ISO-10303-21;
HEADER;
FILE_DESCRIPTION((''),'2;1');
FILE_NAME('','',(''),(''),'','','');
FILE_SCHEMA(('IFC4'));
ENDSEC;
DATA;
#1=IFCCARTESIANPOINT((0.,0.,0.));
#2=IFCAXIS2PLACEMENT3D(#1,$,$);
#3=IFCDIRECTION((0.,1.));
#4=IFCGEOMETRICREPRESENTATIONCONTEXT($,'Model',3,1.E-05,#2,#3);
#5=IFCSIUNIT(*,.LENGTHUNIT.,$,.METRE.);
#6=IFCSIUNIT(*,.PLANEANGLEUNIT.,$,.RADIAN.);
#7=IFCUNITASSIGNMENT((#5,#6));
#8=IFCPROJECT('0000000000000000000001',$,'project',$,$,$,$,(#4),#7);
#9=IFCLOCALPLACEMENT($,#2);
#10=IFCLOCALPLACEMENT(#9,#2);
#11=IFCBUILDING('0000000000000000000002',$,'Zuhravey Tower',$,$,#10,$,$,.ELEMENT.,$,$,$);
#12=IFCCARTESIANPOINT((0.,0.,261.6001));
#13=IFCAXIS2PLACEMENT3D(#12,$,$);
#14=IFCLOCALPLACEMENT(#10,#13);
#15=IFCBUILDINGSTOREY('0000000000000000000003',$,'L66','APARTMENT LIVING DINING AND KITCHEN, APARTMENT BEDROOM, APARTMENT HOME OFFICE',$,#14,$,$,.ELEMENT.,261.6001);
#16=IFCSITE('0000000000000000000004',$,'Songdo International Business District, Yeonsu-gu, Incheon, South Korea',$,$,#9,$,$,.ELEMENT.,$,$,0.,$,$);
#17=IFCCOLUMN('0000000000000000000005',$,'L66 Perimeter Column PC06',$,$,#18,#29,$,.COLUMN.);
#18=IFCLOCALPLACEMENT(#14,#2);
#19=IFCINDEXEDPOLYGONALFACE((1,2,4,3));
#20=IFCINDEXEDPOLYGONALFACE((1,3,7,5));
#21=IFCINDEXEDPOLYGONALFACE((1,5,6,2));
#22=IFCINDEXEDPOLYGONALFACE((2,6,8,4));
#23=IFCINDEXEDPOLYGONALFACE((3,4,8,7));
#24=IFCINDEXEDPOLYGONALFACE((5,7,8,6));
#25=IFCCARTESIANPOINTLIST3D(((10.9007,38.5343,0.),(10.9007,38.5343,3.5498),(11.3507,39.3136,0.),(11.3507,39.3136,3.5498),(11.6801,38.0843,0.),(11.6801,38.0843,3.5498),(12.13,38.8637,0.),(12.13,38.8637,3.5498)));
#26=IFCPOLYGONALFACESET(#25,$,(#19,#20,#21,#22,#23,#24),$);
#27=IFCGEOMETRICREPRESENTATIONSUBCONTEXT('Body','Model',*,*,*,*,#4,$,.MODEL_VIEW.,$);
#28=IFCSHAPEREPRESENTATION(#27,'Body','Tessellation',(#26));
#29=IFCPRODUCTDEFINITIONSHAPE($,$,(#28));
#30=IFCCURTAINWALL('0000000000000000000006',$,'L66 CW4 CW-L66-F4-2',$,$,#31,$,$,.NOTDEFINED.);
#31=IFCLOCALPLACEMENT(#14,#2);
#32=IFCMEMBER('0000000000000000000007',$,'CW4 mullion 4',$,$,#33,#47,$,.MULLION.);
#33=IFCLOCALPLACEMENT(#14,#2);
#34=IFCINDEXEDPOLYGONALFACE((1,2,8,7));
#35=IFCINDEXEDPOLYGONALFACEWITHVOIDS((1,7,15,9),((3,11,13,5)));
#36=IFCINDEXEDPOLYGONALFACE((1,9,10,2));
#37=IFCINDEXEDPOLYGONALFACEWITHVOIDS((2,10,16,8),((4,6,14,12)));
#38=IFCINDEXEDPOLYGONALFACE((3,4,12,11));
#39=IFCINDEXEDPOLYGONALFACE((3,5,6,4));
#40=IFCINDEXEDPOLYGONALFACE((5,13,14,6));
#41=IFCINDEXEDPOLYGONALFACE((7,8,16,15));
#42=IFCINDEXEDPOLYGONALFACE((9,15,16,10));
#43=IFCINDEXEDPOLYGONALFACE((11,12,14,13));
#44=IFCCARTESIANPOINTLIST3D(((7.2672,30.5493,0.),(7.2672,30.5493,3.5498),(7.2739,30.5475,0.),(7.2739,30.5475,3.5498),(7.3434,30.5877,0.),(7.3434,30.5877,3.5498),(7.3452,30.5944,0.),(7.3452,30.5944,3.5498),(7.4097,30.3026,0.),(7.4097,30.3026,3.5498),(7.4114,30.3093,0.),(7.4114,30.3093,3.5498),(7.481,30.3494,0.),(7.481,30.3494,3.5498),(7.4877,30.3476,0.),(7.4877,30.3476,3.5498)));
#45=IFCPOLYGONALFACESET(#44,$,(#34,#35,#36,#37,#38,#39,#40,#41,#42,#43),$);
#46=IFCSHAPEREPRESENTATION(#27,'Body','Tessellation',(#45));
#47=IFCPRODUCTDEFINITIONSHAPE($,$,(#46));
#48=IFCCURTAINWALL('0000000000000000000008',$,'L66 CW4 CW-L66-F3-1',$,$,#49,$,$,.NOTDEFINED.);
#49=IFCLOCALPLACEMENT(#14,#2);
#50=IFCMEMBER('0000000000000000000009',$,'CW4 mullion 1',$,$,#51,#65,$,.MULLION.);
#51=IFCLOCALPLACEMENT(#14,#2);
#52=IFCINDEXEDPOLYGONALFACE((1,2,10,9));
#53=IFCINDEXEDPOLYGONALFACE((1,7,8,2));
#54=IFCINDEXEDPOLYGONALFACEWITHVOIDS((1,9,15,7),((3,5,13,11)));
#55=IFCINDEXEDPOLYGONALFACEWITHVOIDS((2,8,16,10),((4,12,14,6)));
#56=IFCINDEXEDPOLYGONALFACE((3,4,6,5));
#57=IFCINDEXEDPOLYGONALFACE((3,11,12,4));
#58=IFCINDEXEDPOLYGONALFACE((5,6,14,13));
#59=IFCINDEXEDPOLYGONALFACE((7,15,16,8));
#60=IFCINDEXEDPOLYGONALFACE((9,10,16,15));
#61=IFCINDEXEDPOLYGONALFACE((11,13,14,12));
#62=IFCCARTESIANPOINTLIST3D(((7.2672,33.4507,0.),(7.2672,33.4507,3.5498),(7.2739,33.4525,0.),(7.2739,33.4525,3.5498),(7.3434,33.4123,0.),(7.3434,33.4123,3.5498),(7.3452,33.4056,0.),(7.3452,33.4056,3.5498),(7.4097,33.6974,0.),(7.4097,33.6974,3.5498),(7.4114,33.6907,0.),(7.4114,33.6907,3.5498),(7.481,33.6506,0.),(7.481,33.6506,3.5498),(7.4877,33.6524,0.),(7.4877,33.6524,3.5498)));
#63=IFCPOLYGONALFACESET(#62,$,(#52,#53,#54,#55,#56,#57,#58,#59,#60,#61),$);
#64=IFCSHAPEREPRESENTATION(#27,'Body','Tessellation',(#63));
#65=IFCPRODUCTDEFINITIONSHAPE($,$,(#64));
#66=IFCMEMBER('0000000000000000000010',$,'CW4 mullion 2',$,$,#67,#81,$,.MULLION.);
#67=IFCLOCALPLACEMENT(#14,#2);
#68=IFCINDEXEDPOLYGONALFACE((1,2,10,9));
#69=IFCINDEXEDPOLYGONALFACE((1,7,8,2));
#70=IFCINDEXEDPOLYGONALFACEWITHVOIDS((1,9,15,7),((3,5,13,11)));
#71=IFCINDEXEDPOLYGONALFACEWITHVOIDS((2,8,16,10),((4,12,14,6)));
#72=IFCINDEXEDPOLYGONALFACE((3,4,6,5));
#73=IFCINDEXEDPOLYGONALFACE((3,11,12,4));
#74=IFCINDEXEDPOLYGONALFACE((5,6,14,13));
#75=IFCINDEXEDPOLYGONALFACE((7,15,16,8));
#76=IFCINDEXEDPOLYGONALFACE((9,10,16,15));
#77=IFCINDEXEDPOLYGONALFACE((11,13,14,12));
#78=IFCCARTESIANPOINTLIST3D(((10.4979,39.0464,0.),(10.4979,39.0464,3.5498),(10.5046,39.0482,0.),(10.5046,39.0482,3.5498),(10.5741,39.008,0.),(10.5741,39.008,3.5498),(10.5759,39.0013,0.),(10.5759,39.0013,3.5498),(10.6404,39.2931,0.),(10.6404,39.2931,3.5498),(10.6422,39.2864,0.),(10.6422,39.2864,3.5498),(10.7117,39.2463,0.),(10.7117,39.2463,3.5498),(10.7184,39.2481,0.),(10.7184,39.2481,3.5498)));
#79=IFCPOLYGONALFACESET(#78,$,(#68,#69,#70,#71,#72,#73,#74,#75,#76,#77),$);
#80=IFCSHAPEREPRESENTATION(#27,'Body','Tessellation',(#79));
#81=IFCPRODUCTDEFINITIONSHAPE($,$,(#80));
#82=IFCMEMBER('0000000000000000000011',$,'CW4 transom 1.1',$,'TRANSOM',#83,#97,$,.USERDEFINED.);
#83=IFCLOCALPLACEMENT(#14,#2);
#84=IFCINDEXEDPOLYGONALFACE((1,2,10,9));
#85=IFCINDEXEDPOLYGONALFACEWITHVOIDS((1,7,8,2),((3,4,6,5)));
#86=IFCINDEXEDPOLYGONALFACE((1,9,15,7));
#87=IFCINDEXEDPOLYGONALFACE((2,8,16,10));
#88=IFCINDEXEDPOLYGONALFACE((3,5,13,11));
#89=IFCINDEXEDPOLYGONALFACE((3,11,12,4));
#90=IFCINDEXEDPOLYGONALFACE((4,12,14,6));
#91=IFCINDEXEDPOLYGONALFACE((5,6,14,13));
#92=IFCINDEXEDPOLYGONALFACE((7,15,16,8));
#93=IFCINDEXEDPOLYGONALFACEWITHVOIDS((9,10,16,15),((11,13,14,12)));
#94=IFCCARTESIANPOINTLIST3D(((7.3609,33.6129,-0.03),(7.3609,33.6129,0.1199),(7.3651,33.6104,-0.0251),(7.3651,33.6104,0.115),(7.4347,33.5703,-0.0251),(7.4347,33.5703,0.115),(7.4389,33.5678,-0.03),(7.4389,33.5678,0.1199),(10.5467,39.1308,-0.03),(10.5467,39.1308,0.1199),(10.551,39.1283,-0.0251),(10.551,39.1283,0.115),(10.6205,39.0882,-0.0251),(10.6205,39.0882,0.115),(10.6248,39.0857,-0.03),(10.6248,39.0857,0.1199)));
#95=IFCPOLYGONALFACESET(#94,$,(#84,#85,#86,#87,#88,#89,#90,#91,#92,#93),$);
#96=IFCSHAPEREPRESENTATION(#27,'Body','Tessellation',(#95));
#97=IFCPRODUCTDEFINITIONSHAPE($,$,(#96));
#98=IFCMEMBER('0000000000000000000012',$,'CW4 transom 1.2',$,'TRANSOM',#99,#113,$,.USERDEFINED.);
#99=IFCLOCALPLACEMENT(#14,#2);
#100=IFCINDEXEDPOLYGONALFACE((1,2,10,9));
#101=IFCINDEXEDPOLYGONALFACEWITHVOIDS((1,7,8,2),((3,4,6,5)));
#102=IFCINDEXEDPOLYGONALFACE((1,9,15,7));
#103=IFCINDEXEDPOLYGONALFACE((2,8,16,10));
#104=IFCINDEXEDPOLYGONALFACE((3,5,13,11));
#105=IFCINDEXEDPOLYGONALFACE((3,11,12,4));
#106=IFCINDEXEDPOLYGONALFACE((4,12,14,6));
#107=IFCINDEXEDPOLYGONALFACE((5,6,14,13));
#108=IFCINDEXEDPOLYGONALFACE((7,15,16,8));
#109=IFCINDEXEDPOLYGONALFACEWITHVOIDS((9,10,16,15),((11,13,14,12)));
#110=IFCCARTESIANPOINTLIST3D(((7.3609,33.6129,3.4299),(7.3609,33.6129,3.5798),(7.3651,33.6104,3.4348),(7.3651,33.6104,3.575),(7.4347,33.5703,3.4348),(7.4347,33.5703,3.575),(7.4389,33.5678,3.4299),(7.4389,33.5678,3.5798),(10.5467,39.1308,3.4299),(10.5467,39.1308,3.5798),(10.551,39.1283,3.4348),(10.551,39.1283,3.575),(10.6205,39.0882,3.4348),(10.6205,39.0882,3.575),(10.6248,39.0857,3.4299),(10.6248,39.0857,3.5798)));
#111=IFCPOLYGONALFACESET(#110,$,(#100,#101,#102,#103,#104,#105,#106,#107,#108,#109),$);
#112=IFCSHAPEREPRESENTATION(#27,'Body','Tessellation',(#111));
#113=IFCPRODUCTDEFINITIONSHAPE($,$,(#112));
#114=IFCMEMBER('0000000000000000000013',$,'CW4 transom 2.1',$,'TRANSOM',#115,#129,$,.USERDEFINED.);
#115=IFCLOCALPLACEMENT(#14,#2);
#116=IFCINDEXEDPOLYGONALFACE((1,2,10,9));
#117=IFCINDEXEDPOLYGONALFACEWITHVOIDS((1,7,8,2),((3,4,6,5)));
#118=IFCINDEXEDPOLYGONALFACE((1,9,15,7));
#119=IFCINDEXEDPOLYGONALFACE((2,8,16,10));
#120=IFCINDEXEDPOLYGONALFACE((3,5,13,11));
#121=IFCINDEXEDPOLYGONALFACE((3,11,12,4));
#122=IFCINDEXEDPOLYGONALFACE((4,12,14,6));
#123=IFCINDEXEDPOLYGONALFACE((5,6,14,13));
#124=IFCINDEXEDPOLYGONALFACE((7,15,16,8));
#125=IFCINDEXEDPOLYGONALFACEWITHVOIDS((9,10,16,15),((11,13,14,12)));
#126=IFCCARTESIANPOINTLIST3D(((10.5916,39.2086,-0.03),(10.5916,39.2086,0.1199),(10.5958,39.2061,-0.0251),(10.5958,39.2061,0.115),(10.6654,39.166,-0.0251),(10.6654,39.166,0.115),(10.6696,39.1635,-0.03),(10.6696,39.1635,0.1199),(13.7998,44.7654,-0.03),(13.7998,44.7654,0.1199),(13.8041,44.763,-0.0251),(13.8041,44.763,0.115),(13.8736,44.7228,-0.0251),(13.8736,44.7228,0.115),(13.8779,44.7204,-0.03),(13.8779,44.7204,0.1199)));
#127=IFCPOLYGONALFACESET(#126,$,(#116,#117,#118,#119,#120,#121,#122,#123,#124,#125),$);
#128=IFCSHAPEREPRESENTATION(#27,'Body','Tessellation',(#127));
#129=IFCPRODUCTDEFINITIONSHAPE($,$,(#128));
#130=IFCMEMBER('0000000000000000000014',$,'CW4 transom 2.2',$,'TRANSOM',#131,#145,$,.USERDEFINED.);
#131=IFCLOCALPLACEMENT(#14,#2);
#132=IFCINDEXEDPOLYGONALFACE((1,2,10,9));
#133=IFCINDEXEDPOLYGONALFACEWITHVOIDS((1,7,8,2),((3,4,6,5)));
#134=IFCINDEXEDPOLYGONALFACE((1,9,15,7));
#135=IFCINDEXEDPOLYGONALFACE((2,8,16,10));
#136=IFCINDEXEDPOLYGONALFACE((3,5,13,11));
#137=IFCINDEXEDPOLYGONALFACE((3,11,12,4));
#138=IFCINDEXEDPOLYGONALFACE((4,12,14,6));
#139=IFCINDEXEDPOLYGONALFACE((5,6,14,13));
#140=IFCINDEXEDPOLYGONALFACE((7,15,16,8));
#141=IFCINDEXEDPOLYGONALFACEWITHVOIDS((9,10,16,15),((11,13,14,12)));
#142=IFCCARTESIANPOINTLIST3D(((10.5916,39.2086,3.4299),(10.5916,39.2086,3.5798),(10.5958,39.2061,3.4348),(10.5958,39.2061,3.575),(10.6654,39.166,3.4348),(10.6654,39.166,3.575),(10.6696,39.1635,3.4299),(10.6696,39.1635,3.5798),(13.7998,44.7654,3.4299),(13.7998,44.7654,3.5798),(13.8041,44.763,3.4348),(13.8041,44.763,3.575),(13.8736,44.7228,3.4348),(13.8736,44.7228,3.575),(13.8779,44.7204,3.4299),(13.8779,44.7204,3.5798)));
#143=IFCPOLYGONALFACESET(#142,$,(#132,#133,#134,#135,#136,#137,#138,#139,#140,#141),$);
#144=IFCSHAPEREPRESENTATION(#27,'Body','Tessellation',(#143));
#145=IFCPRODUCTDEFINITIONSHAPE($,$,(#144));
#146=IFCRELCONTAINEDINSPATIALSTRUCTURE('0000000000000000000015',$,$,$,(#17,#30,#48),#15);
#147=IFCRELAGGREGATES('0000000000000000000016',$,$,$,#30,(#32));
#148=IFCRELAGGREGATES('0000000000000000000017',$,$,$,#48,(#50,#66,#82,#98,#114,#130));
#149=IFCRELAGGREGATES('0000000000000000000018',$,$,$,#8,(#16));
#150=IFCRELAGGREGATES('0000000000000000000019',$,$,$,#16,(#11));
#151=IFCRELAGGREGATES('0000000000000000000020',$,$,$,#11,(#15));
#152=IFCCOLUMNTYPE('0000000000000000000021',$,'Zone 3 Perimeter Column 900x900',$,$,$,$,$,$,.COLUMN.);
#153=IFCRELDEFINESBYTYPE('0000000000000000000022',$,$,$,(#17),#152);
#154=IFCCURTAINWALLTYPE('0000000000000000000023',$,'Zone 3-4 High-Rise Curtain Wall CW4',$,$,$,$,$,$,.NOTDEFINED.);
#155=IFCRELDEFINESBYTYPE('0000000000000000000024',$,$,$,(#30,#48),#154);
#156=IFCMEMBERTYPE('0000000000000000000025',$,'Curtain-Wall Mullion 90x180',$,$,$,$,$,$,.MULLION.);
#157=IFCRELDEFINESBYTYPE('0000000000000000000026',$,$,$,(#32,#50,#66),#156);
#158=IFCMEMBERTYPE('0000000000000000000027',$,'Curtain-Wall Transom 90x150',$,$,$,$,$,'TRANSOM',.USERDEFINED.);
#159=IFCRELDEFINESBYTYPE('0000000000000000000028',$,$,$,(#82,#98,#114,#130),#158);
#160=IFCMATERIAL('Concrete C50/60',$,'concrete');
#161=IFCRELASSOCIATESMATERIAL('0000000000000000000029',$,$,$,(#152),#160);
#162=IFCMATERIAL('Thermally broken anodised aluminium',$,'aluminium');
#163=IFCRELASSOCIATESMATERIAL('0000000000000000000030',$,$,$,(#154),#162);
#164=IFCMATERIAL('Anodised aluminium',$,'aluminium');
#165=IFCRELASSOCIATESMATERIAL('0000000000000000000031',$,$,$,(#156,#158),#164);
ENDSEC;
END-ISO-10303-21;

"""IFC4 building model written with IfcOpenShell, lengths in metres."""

from ifc_helpers import new_model, si_unit, direction, frame, origin, origin_2d, place, context, subcontext, project, spatial, rectangle, hollow_rectangle, extrude, material, material_profile, profile_set, type_object, element, aggregate, save


model = new_model("IFC4")

# Units and contexts
model_context = context("Model", 3, precision=1e-05, world=origin(), true_north=direction((0.0, 1.0)))
body_context = subcontext(model_context, "Body", "Model", "MODEL_VIEW")
ifc_project = project(units=[si_unit("LENGTHUNIT", "METRE"), si_unit("PLANEANGLEUNIT", "RADIAN")], contexts=[model_context])

# Site, building, storey
site_placement = place(None, origin())
site = spatial("IfcSite", under=ifc_project, at=site_placement, Name="Songdo International Business District, Yeonsu-gu, Incheon, South Korea", CompositionType="ELEMENT", RefElevation=0.0)
building_placement = place(site_placement, origin())
building = spatial("IfcBuilding", under=site, at=building_placement, Name="Zuhravey Tower", CompositionType="ELEMENT")
storey_placement = place(building_placement, frame((0.0, 0.0, 261.6001)))
storey = spatial("IfcBuildingStorey", under=building, at=storey_placement, Name="L66", Description="APARTMENT LIVING DINING AND KITCHEN, APARTMENT BEDROOM, APARTMENT HOME OFFICE", CompositionType="ELEMENT", Elevation=261.6001)

# Column
ifc_material_1 = material(Name="Concrete C50/60", Category="concrete")
ifc_material_profile_1 = material_profile(ifc_material_1, rectangle(XDim=0.8999, YDim=0.8999, at=origin_2d()), Name="RC-900x900")
ifc_profile_set_1 = profile_set([ifc_material_profile_1], Name="Concrete C50/60")
column_type = type_object("IfcColumnType", Name="Zone 3 Perimeter Column 900x900", PredefinedType="COLUMN", material=ifc_profile_set_1)
column_placement = place(storey_placement, frame((11.5154, 38.699, 0.0), z_axis=(0.0, 0.0, 1.0), x_axis=(-0.5, -0.866025, 0.0)))
element("IfcColumn", 1, at=column_placement, inside=storey, type_object=column_type, Name="L66 Perimeter Column PC06", PredefinedType="COLUMN", context=body_context, shape_type="SweptSolid", body=[
    extrude(rectangle(XDim=0.8999, YDim=0.8999, at=origin_2d()), origin(), (0.0, 0.0, 1.0), 3.5498),
])

# Curtain wall, member
ifc_material_2 = material(Name="Thermally broken anodised aluminium", Category="aluminium")
curtain_wall_type = type_object("IfcCurtainWallType", Name="Zone 3-4 High-Rise Curtain Wall CW4", PredefinedType="NOTDEFINED", material=ifc_material_2)
curtain_wall_1_placement = place(storey_placement, origin())
curtain_wall_1 = element("IfcCurtainWall", 2, at=curtain_wall_1_placement, inside=storey, type_object=curtain_wall_type, Name="L66 CW4 CW-L66-F4-2", PredefinedType="NOTDEFINED")
ifc_material_3 = material(Name="Anodised aluminium", Category="aluminium")
ifc_material_profile_2 = material_profile(ifc_material_3, hollow_rectangle(XDim=0.0901, YDim=0.2849, WallThickness=0.0049, at=origin_2d()), Name="ALU-RHS-90x285x5")
ifc_profile_set_2 = profile_set([ifc_material_profile_2], Name="Anodised aluminium")
member_type_1 = type_object("IfcMemberType", Name="Curtain-Wall Mullion 90x180", PredefinedType="MULLION", material=ifc_profile_set_2)
member_1_placement = place(storey_placement, frame((7.3774, 30.4485, 0.0), z_axis=(0.0, 0.0, 1.0), x_axis=(-0.866026, -0.499999, 0.0)))
member_1 = element("IfcMember", 3, at=member_1_placement, type_object=member_type_1, Name="CW4 mullion 4", PredefinedType="MULLION", context=body_context, shape_type="SweptSolid", body=[
    extrude(hollow_rectangle(XDim=0.0901, YDim=0.2849, WallThickness=0.0049, at=origin_2d()), origin(), (0.0, 0.0, 1.0), 3.5498),
])
aggregate(curtain_wall_1, [member_1])

# Curtain wall, members
curtain_wall_2_placement = place(storey_placement, origin())
curtain_wall_2 = element("IfcCurtainWall", 4, at=curtain_wall_2_placement, inside=storey, type_object=curtain_wall_type, Name="L66 CW4 CW-L66-F3-1", PredefinedType="NOTDEFINED")
member_2_placement = place(storey_placement, frame((7.3774, 33.5515, 0.0), z_axis=(0.0, 0.0, 1.0), x_axis=(-0.866025, 0.500001, 0.0)))
member_2 = element("IfcMember", 5, at=member_2_placement, type_object=member_type_1, Name="CW4 mullion 1", PredefinedType="MULLION", context=body_context, shape_type="SweptSolid", body=[
    extrude(hollow_rectangle(XDim=0.0901, YDim=0.2849, WallThickness=0.0049, at=origin_2d()), origin(), (0.0, 0.0, 1.0), 3.5498),
])
member_3_placement = place(storey_placement, frame((10.6082, 39.1472, 0.0), z_axis=(0.0, 0.0, 1.0), x_axis=(-0.866025, 0.500001, 0.0)))
member_3 = element("IfcMember", 6, at=member_3_placement, type_object=member_type_1, Name="CW4 mullion 2", PredefinedType="MULLION", context=body_context, shape_type="SweptSolid", body=[
    extrude(hollow_rectangle(XDim=0.0901, YDim=0.2849, WallThickness=0.0049, at=origin_2d()), origin(), (0.0, 0.0, 1.0), 3.5498),
])
ifc_material_profile_3 = material_profile(ifc_material_3, hollow_rectangle(XDim=0.0901, YDim=0.1499, WallThickness=0.0049, at=origin_2d()), Name="ALU-RHS-90x150x5")
ifc_profile_set_3 = profile_set([ifc_material_profile_3], Name="Anodised aluminium")
member_type_2 = type_object("IfcMemberType", Name="Curtain-Wall Transom 90x150", ElementType="TRANSOM", PredefinedType="USERDEFINED", material=ifc_profile_set_3)
member_4_placement = place(storey_placement, frame((7.3999, 33.5903, 0.0449), z_axis=(0.500009, 0.86602, 0.0), x_axis=(-0.86602, 0.500009, 0.0)))
member_4 = element("IfcMember", 7, at=member_4_placement, type_object=member_type_2, Name="CW4 transom 1.1", ObjectType="TRANSOM", PredefinedType="USERDEFINED", context=body_context, shape_type="SweptSolid", body=[
    extrude(hollow_rectangle(XDim=0.0901, YDim=0.1499, WallThickness=0.0049, at=origin_2d()), origin(), (0.0, 0.0, 1.0), 6.3716),
])
member_5_placement = place(storey_placement, frame((7.3999, 33.5903, 3.5049), z_axis=(0.500009, 0.86602, 0.0), x_axis=(-0.86602, 0.500009, 0.0)))
member_5 = element("IfcMember", 8, at=member_5_placement, type_object=member_type_2, Name="CW4 transom 1.2", ObjectType="TRANSOM", PredefinedType="USERDEFINED", context=body_context, shape_type="SweptSolid", body=[
    extrude(hollow_rectangle(XDim=0.0901, YDim=0.1499, WallThickness=0.0049, at=origin_2d()), origin(), (0.0, 0.0, 1.0), 6.3716),
])
member_6_placement = place(storey_placement, frame((10.6306, 39.186, 0.0449), z_axis=(0.499998, 0.866027, 0.0), x_axis=(-0.866027, 0.499998, 0.0)))
member_6 = element("IfcMember", 9, at=member_6_placement, type_object=member_type_2, Name="CW4 transom 2.1", ObjectType="TRANSOM", PredefinedType="USERDEFINED", context=body_context, shape_type="SweptSolid", body=[
    extrude(hollow_rectangle(XDim=0.0901, YDim=0.1499, WallThickness=0.0049, at=origin_2d()), origin(), (0.0, 0.0, 1.0), 6.4165),
])
member_7_placement = place(storey_placement, frame((10.6306, 39.186, 3.5049), z_axis=(0.499998, 0.866027, 0.0), x_axis=(-0.866027, 0.499998, 0.0)))
member_7 = element("IfcMember", 10, at=member_7_placement, type_object=member_type_2, Name="CW4 transom 2.2", ObjectType="TRANSOM", PredefinedType="USERDEFINED", context=body_context, shape_type="SweptSolid", body=[
    extrude(hollow_rectangle(XDim=0.0901, YDim=0.1499, WallThickness=0.0049, at=origin_2d()), origin(), (0.0, 0.0, 1.0), 6.4165),
])

aggregate(curtain_wall_2, [member_2, member_3, member_4, member_5, member_6, member_7])

save(model, "model.ifc")
